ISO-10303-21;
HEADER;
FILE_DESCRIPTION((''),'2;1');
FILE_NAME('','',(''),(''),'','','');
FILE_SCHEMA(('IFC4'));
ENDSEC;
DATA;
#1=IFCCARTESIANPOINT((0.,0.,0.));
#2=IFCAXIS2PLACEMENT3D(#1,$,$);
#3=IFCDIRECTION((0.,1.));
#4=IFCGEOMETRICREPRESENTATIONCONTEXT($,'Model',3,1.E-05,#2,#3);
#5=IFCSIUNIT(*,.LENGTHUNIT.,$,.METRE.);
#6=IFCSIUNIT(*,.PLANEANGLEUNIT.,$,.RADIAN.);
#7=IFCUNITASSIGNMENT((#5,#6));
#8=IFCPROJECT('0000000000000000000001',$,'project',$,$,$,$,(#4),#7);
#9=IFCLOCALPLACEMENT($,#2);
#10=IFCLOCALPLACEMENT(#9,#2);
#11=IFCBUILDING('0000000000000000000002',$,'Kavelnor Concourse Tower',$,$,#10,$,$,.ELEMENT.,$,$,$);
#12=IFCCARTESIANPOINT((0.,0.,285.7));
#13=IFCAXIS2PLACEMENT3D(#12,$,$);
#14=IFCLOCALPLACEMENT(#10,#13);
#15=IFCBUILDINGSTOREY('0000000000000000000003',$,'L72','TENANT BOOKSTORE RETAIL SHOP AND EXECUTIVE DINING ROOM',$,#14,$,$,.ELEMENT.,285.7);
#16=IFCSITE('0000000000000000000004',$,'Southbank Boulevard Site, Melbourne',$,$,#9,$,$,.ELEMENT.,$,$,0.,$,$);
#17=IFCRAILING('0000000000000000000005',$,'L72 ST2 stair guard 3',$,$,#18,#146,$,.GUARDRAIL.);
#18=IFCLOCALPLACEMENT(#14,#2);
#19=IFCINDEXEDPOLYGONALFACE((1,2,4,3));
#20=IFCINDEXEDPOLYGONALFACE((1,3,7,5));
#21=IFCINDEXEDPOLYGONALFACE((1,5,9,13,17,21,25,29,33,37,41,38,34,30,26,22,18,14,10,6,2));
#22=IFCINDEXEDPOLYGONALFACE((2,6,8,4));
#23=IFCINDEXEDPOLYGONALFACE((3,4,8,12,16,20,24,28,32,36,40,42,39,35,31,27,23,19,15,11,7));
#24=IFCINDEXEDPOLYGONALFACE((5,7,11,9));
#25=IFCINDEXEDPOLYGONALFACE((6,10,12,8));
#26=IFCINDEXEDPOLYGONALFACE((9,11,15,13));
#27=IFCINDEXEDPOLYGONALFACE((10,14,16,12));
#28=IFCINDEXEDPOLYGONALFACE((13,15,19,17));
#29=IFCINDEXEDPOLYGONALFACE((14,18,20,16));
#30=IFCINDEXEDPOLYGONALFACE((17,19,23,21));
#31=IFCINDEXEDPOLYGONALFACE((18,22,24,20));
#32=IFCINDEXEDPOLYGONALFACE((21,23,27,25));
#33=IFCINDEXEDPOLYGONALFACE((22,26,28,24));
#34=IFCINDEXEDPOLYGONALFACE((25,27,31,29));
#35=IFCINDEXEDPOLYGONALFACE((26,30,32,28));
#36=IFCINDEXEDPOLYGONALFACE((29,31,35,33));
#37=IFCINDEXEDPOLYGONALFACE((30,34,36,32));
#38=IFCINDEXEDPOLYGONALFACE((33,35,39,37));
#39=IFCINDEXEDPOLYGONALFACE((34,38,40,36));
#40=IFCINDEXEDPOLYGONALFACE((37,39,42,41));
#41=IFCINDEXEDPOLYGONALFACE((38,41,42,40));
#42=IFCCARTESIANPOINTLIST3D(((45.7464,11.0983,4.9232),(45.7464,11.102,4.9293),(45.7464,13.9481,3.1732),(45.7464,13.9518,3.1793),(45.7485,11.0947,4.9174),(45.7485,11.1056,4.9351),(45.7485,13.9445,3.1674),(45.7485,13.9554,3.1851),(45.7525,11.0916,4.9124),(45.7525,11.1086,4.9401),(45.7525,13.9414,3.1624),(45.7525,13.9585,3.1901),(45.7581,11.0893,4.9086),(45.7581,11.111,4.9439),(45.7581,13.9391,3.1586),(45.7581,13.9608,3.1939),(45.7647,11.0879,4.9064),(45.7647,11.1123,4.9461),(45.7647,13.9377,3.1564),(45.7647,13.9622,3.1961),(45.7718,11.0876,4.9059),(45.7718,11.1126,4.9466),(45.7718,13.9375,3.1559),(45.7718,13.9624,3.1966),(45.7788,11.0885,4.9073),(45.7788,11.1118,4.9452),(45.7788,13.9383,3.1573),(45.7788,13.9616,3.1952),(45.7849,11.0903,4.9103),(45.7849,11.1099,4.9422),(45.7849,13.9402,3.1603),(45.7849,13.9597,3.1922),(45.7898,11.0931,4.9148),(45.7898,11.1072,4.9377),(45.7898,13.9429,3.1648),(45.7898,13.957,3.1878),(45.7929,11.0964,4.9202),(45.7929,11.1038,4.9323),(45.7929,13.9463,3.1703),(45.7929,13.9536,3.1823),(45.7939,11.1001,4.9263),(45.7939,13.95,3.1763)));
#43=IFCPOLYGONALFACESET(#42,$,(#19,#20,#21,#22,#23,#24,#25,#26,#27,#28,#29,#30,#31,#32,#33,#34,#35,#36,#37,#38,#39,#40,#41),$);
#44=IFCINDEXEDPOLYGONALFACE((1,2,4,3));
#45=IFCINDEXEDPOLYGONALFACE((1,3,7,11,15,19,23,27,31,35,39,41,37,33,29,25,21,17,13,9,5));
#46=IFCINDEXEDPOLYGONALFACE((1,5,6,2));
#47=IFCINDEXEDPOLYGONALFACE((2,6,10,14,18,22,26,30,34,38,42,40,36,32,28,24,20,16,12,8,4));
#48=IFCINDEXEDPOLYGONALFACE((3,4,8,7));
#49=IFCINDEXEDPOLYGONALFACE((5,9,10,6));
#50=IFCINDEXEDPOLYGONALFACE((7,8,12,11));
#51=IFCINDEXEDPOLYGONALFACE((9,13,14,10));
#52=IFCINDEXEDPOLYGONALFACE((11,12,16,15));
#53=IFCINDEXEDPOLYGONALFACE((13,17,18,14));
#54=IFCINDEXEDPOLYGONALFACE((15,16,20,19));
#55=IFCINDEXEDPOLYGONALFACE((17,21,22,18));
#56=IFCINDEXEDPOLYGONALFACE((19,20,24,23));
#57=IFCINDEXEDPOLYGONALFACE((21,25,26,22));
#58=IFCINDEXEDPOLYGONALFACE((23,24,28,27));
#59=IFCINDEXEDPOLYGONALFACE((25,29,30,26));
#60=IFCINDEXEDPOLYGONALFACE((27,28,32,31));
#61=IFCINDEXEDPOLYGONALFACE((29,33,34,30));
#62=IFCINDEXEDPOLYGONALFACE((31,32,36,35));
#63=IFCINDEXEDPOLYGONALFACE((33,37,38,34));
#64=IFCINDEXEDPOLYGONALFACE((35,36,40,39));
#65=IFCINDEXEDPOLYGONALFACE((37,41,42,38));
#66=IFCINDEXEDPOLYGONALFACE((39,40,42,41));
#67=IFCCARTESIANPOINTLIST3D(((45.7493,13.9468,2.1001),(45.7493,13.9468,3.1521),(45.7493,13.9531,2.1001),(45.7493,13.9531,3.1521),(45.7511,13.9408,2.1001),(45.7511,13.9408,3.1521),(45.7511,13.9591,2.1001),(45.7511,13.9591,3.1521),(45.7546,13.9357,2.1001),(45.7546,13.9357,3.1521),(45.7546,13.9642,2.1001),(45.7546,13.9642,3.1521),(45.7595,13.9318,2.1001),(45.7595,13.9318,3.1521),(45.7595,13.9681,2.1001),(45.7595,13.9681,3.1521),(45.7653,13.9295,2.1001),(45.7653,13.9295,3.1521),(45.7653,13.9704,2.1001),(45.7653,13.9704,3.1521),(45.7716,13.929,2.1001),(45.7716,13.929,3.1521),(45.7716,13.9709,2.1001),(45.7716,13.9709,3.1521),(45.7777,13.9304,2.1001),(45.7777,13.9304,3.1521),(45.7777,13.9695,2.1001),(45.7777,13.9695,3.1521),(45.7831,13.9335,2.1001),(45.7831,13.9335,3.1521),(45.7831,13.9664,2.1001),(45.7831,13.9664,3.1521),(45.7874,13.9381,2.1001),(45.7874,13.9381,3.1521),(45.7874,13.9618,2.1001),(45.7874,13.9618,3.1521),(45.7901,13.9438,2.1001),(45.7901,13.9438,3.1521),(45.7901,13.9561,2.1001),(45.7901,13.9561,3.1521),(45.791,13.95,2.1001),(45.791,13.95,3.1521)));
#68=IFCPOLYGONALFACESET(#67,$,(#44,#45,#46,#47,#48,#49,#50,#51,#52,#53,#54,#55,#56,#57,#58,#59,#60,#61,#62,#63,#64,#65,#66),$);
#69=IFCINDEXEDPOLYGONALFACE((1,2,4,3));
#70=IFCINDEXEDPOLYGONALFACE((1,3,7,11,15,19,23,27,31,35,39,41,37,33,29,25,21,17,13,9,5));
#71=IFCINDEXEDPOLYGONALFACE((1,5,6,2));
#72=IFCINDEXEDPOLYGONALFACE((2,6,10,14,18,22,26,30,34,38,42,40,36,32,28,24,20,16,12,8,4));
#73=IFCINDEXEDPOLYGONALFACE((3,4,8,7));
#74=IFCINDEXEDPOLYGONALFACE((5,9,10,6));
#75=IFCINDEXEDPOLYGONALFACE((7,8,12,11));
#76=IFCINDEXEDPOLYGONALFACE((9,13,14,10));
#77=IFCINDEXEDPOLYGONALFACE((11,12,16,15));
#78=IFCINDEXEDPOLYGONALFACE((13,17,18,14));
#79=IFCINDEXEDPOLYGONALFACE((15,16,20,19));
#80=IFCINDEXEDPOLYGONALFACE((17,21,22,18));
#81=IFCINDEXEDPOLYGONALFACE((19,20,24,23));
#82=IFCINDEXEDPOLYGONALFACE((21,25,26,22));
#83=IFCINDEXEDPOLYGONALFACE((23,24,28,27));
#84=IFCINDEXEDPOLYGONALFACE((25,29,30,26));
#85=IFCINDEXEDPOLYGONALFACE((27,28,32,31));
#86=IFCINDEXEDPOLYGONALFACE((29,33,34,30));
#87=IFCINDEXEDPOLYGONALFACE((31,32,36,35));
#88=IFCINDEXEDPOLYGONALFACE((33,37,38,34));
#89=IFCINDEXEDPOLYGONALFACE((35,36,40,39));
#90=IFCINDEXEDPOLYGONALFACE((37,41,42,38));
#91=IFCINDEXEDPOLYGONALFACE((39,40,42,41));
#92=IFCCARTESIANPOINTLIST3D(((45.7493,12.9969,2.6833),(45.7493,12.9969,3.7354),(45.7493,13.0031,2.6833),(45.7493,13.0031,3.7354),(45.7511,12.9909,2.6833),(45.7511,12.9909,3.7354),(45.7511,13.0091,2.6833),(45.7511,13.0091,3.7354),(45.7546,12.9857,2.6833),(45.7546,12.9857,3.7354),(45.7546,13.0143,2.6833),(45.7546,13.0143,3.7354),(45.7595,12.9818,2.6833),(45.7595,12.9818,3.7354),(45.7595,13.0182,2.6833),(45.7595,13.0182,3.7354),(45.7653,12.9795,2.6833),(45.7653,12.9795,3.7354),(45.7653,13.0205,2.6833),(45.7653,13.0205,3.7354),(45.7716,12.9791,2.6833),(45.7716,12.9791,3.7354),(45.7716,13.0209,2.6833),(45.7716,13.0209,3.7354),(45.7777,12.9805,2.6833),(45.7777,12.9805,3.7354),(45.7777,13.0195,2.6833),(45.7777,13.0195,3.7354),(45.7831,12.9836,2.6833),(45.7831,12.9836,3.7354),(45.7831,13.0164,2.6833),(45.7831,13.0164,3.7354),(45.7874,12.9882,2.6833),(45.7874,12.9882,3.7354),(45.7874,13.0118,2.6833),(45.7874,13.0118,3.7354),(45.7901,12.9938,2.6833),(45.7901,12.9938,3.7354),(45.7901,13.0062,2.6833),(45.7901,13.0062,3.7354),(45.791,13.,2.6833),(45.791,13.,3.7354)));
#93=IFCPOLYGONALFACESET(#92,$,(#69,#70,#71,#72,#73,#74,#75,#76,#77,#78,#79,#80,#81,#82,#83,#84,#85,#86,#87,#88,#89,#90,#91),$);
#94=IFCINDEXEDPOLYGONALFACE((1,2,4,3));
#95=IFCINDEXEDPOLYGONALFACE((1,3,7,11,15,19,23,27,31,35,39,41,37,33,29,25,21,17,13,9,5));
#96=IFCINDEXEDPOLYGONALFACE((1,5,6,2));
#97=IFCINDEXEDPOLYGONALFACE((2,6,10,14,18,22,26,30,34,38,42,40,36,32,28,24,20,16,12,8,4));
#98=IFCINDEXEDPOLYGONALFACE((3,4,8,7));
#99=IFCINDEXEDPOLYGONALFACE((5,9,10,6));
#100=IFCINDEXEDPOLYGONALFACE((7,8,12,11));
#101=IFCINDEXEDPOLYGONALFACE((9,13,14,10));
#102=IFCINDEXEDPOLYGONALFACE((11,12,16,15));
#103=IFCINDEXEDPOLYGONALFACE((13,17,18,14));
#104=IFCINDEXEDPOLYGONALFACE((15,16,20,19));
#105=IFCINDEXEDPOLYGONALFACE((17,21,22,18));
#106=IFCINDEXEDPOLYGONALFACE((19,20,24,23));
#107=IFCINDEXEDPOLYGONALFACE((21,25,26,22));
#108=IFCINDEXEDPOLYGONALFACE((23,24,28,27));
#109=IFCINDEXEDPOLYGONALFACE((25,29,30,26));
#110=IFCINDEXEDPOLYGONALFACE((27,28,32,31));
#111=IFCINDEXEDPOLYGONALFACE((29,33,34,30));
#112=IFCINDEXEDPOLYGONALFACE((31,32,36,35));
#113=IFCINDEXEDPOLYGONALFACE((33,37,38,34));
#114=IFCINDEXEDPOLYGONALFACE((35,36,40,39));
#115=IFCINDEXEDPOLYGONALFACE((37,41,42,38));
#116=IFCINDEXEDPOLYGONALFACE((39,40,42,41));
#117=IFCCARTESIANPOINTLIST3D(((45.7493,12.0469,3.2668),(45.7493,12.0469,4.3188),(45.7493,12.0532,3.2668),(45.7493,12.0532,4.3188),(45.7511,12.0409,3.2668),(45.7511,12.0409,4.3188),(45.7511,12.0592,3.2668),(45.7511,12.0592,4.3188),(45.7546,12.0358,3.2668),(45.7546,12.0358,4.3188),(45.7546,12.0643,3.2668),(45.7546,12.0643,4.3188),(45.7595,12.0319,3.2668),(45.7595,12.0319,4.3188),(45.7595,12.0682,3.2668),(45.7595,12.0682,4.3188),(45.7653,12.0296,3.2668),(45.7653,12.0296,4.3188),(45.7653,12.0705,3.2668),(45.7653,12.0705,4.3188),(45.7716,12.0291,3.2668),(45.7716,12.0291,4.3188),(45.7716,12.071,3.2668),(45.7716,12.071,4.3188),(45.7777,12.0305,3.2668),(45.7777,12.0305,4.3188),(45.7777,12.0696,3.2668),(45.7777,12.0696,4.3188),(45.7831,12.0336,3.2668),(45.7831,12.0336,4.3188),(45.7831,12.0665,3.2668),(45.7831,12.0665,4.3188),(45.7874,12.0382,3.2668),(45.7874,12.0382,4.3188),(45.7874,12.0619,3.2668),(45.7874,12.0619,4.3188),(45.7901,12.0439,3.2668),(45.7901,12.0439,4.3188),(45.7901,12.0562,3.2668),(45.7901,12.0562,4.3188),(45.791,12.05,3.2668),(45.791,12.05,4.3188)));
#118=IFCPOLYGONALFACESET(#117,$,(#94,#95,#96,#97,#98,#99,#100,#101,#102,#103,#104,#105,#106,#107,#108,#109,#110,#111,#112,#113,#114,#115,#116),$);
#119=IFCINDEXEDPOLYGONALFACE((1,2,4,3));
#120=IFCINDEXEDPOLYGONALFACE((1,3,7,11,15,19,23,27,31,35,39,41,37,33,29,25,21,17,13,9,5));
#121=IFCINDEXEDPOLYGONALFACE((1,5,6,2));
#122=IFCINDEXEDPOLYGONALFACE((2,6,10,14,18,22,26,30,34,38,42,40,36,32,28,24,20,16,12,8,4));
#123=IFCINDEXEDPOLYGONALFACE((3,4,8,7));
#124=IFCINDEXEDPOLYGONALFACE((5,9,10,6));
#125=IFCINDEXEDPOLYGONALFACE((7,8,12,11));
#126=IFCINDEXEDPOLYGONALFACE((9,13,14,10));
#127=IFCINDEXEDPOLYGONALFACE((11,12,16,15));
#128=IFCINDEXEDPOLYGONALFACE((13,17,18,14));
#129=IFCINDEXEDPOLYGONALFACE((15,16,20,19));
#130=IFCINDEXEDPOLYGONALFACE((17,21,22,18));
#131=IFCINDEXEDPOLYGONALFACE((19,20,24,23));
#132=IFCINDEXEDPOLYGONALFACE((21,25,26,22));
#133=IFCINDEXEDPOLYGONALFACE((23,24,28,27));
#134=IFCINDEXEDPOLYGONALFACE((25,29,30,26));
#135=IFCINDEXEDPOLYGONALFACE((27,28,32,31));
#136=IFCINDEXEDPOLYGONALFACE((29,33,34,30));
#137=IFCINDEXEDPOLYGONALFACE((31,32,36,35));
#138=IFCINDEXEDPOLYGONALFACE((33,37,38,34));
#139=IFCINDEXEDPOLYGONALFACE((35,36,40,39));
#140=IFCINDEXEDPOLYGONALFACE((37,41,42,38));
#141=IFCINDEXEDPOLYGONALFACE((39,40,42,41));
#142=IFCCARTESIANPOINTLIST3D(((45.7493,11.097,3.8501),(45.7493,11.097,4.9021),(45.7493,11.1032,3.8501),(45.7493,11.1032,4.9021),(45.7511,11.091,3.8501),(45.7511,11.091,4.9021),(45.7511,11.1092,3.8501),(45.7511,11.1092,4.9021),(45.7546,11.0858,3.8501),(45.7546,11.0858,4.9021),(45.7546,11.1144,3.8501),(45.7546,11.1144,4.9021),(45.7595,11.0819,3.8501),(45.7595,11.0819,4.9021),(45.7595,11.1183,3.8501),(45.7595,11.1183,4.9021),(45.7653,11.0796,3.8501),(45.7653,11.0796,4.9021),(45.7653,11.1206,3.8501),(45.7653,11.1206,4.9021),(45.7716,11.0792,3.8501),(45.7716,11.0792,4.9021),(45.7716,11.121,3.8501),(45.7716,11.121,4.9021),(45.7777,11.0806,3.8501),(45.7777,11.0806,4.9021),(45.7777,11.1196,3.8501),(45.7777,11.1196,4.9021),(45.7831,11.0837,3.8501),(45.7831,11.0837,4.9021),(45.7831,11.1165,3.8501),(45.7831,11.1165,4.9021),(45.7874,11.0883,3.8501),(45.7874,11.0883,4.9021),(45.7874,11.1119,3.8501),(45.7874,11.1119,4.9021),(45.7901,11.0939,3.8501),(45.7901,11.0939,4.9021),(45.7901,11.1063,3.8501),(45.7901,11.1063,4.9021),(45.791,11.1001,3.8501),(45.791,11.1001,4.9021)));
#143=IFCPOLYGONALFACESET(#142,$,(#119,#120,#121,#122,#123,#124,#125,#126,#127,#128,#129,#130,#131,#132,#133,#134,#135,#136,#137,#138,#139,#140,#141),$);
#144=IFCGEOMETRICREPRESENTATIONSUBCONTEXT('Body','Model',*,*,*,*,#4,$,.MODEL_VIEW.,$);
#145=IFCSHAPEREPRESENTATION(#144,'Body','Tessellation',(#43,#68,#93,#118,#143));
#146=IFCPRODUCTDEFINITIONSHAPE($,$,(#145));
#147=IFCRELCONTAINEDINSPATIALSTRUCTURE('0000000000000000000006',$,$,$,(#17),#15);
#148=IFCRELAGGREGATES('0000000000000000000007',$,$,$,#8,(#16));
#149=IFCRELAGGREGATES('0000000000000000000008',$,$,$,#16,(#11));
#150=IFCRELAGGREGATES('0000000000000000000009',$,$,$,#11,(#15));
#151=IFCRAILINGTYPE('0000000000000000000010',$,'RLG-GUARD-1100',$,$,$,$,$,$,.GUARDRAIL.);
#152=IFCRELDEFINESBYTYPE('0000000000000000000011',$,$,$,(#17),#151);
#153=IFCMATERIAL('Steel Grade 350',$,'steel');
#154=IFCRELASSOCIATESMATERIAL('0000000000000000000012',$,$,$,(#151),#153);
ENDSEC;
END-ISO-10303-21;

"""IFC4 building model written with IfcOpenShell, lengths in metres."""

from ifc_helpers import new_model, si_unit, direction, frame, origin, origin_2d, place, context, subcontext, project, spatial, circle, extrude, material, type_object, element, save


model = new_model("IFC4")

# Units and contexts
model_context = context("Model", 3, precision=1e-05, world=origin(), true_north=direction((0.0, 1.0)))
body_context = subcontext(model_context, "Body", "Model", "MODEL_VIEW")
ifc_project = project(units=[si_unit("LENGTHUNIT", "METRE"), si_unit("PLANEANGLEUNIT", "RADIAN")], contexts=[model_context])

# Site, building, storey
site_placement = place(None, origin())
site = spatial("IfcSite", under=ifc_project, at=site_placement, Name="Southbank Boulevard Site, Melbourne", CompositionType="ELEMENT", RefElevation=0.0)
building_placement = place(site_placement, origin())
building = spatial("IfcBuilding", under=site, at=building_placement, Name="Kavelnor Concourse Tower", CompositionType="ELEMENT")
storey_placement = place(building_placement, frame((0.0, 0.0, 285.7)))
storey = spatial("IfcBuildingStorey", under=building, at=storey_placement, Name="L72", Description="TENANT BOOKSTORE RETAIL SHOP AND EXECUTIVE DINING ROOM", CompositionType="ELEMENT", Elevation=285.7)

# Shared definitions
ifc_material_1 = material(Name="Steel Grade 350", Category="steel")

# Railing
railing_type_1 = type_object("IfcRailingType", Name="RLG-GUARD-1100", PredefinedType="GUARDRAIL", material=ifc_material_1)
railing_1_placement = place(storey_placement, frame((45.77, 13.95, 2.1001)))
element("IfcRailing", 1, at=railing_1_placement, inside=storey, type_object=railing_type_1, Name="L72 ST2 stair guard 3", PredefinedType="GUARDRAIL", context=body_context, shape_type="SweptSolid", body=[
    extrude(circle(Radius=0.0239, at=origin_2d()), frame((0.0, 0.0, 1.0762), z_axis=(0.0, -0.852159, 0.523283), x_axis=(1.0, 0.0, 0.0)), (0.0, 0.0, 1.0), 3.3442),
    extrude(circle(Radius=0.021, at=origin_2d()), origin(), (0.0, 0.0, 1.0), 1.052),
    extrude(circle(Radius=0.021, at=origin_2d()), frame((0.0, -0.95, 0.5833)), (0.0, 0.0, 1.0), 1.052),
    extrude(circle(Radius=0.021, at=origin_2d()), frame((0.0, -1.8999, 1.1667)), (0.0, 0.0, 1.0), 1.052),
    extrude(circle(Radius=0.021, at=origin_2d()), frame((0.0, -2.8499, 1.75)), (0.0, 0.0, 1.0), 1.052),
])

save(model, "model.ifc")
